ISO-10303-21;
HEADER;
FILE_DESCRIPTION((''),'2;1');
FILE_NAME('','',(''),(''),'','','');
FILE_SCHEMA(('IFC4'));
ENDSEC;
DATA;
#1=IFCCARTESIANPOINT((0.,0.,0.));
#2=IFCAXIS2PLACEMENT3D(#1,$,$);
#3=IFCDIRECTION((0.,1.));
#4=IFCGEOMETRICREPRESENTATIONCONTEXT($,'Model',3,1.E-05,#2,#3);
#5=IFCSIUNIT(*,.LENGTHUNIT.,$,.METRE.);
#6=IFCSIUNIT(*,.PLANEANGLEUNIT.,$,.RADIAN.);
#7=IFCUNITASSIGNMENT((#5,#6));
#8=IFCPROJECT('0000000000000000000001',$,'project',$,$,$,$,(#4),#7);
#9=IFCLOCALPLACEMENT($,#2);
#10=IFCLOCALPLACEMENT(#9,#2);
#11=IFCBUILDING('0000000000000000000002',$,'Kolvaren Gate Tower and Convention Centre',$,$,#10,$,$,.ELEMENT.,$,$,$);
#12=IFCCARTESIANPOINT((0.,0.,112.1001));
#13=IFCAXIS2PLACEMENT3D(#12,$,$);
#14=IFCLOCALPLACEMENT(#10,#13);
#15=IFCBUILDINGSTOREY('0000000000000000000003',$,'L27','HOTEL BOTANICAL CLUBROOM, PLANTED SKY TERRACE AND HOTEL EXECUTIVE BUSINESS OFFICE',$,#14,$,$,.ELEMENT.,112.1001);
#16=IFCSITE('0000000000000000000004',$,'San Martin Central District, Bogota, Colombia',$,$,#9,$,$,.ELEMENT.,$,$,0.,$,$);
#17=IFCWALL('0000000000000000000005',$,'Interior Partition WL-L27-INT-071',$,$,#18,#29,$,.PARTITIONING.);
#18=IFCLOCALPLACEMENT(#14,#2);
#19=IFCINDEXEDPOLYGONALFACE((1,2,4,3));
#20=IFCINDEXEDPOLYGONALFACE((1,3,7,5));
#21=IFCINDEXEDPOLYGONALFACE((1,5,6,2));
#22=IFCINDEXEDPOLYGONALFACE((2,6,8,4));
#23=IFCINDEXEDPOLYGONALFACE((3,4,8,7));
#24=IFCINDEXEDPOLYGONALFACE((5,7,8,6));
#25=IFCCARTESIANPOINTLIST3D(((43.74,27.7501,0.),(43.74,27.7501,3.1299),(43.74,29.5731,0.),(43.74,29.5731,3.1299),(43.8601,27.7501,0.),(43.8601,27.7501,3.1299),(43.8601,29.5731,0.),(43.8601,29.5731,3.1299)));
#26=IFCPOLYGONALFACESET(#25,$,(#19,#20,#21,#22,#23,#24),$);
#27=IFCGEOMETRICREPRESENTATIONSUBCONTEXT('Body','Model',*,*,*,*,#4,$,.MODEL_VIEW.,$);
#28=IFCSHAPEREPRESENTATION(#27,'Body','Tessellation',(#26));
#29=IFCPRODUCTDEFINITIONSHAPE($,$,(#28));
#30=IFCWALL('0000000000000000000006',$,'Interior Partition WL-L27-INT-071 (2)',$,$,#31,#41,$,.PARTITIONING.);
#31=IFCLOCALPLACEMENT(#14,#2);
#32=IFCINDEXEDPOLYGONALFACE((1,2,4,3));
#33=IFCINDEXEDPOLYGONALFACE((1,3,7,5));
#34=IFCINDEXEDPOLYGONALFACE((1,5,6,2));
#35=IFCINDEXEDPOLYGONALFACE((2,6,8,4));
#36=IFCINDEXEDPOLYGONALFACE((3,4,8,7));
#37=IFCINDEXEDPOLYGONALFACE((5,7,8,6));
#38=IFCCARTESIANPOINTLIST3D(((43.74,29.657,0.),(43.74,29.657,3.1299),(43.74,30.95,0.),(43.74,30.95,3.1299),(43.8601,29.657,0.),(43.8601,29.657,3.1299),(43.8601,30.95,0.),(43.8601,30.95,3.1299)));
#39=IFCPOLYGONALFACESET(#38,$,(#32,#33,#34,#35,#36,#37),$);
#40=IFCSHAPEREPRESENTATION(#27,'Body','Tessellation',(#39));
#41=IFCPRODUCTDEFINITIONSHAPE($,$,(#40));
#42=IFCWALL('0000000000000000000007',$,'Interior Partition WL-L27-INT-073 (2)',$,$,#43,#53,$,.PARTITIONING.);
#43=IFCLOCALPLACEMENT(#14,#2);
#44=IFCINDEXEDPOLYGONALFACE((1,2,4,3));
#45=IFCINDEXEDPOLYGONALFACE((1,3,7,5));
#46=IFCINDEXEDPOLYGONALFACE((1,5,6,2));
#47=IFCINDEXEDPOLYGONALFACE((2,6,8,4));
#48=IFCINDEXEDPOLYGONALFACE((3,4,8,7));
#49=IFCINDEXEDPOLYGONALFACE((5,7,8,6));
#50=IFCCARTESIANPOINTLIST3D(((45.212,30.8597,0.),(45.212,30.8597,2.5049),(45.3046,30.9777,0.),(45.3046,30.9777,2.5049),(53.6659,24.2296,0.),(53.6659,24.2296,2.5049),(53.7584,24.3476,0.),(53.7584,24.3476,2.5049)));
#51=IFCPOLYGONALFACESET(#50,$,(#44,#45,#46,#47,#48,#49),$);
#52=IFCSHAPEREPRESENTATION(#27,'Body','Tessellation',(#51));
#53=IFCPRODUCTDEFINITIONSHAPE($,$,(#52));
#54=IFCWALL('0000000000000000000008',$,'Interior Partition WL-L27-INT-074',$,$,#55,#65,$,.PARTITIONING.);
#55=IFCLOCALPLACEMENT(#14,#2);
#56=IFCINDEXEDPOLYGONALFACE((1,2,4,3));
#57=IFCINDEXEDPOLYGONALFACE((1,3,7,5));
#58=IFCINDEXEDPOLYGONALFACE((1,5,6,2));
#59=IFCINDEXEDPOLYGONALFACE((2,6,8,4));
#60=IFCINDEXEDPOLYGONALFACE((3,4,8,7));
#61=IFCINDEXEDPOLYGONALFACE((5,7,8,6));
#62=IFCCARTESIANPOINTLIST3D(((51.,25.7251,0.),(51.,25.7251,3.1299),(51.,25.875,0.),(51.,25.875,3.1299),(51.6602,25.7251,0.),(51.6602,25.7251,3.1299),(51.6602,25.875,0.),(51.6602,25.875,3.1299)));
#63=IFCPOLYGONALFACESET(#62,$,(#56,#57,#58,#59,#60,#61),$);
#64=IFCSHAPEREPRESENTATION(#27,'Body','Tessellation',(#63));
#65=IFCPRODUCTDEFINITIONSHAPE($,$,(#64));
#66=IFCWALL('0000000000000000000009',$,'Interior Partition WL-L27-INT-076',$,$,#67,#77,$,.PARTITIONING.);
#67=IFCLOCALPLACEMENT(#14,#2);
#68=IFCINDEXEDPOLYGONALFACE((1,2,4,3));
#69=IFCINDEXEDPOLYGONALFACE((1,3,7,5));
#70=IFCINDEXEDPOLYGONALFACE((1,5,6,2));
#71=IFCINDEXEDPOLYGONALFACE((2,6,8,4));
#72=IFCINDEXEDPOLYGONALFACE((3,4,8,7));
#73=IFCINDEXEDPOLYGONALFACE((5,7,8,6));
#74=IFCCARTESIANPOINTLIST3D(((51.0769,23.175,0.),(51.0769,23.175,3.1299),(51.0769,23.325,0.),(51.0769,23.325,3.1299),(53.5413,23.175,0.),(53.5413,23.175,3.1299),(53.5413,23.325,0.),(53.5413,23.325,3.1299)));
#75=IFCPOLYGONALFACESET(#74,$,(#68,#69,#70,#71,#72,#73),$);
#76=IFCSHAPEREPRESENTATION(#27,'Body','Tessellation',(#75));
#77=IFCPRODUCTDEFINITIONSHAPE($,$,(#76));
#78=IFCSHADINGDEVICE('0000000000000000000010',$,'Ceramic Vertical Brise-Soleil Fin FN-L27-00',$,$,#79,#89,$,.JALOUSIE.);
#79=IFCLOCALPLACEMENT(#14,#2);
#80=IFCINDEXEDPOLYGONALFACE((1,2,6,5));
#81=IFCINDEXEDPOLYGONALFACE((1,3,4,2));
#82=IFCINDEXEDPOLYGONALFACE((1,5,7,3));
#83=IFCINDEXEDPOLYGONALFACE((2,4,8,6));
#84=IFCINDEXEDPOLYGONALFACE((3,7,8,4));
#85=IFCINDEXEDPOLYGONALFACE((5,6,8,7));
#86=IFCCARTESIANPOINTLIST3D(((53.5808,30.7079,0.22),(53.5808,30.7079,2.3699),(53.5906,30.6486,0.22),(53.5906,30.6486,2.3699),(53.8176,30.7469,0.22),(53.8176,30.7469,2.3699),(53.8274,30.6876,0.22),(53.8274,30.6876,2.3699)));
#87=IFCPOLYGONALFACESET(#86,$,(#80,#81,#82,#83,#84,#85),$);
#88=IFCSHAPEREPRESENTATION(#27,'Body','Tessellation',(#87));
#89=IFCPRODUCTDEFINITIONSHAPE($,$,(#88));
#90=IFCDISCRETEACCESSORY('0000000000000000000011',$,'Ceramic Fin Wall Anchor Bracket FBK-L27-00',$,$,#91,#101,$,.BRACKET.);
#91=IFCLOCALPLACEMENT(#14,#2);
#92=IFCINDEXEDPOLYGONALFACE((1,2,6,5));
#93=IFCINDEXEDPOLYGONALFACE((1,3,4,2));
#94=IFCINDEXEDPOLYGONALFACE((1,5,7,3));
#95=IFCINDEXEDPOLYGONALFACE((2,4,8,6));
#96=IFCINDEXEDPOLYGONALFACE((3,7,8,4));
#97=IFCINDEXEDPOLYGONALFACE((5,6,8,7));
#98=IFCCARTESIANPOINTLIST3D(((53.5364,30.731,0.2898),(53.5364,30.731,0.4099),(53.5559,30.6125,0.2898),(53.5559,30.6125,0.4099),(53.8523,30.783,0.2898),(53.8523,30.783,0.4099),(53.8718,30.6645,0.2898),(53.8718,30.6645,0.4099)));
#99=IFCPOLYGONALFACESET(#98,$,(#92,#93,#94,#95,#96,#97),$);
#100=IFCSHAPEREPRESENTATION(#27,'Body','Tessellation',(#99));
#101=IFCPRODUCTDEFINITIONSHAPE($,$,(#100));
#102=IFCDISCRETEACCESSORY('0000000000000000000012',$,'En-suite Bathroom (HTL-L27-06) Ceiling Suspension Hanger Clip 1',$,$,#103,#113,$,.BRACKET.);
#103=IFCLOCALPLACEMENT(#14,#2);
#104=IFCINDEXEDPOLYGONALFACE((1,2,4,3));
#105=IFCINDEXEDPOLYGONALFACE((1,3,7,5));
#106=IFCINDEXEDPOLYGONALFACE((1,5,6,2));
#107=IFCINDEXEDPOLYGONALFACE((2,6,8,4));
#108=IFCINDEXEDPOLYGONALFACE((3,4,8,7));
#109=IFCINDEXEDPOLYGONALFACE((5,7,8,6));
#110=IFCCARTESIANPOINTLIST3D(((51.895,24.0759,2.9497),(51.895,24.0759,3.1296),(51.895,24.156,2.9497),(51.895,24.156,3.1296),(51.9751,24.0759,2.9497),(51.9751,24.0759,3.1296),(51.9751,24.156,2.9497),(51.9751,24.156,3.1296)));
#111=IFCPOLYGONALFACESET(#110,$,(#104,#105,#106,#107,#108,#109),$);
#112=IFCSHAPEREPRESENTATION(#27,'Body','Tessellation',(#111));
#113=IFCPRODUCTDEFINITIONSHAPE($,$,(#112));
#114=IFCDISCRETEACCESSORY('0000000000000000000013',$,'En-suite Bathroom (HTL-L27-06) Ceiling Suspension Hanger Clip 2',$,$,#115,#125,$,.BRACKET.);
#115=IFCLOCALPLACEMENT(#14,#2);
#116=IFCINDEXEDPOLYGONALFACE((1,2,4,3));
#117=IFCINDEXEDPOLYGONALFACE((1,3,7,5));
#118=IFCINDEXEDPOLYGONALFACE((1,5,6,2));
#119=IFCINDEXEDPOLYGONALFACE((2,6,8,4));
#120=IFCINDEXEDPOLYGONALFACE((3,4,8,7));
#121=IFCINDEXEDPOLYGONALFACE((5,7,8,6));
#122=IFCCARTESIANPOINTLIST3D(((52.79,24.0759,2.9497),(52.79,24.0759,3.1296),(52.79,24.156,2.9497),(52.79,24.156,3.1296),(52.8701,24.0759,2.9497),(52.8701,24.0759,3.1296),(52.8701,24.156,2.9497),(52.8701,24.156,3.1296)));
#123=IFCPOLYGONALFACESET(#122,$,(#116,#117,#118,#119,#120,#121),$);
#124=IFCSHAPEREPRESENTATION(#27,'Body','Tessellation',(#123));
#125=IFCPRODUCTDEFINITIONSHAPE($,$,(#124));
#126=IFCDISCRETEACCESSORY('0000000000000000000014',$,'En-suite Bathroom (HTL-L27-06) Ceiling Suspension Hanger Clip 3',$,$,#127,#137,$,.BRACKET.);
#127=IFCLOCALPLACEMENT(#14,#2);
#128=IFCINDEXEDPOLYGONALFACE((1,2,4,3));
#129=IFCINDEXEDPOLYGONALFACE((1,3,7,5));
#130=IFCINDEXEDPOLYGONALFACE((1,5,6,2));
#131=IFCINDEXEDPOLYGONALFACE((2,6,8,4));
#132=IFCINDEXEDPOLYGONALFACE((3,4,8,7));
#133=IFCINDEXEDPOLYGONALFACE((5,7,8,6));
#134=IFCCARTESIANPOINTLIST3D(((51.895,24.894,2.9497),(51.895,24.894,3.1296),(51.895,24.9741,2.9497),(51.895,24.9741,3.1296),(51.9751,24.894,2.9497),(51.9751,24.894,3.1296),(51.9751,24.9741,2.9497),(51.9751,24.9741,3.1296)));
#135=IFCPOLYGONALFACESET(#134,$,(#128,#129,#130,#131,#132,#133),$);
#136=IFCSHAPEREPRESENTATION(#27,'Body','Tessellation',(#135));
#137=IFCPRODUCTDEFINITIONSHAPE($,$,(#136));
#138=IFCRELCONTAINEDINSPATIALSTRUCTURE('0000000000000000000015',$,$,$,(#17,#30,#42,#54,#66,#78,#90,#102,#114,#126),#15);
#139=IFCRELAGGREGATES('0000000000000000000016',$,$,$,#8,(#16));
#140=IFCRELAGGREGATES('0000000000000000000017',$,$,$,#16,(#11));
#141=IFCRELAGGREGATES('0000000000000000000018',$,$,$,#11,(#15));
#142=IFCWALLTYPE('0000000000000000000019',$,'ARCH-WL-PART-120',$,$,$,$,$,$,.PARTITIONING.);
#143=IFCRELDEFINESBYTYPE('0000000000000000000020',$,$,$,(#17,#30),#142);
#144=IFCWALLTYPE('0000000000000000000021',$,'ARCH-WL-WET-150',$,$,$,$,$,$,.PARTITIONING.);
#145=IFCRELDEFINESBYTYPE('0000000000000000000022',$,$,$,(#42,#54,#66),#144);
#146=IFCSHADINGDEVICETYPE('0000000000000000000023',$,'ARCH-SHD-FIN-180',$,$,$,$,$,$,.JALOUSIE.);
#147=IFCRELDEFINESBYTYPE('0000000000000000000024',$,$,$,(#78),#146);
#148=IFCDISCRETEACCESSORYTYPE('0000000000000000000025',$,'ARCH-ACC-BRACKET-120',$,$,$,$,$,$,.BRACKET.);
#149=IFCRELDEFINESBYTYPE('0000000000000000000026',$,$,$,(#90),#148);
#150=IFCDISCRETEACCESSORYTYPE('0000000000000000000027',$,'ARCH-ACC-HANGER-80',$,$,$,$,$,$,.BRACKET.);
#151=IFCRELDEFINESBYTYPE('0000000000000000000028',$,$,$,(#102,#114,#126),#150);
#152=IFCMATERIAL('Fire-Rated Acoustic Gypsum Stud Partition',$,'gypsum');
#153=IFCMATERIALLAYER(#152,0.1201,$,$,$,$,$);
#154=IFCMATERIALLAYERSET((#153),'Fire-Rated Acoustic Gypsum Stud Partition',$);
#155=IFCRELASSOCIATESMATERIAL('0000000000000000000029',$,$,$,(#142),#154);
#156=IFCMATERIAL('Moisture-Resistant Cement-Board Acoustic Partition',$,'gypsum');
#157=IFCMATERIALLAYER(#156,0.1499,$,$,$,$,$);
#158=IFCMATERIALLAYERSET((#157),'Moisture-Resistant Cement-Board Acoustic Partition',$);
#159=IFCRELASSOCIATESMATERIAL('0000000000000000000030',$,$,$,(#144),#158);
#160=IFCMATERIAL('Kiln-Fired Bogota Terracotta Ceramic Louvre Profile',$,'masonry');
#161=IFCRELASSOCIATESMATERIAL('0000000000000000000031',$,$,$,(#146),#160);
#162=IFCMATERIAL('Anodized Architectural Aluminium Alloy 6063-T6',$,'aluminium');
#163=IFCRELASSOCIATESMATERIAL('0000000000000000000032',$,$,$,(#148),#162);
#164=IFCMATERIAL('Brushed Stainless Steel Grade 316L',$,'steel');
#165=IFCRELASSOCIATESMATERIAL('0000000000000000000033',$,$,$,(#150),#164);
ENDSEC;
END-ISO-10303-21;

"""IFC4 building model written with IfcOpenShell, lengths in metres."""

from ifc_helpers import new_model, si_unit, direction, frame, frame_2d, origin, origin_2d, place, context, subcontext, project, spatial, rectangle, extrude, material, layer, layer_set, type_object, element, save


model = new_model("IFC4")

# Units and contexts
model_context = context("Model", 3, precision=1e-05, world=origin(), true_north=direction((0.0, 1.0)))
body_context = subcontext(model_context, "Body", "Model", "MODEL_VIEW")
ifc_project = project(units=[si_unit("LENGTHUNIT", "METRE"), si_unit("PLANEANGLEUNIT", "RADIAN")], contexts=[model_context])

# Site, building, storey
site_placement = place(None, origin())
site = spatial("IfcSite", under=ifc_project, at=site_placement, Name="San Martin Central District, Bogota, Colombia", CompositionType="ELEMENT", RefElevation=0.0)
building_placement = place(site_placement, origin())
building = spatial("IfcBuilding", under=site, at=building_placement, Name="Kolvaren Gate Tower and Convention Centre", CompositionType="ELEMENT")
storey_placement = place(building_placement, frame((0.0, 0.0, 112.1001)))
storey = spatial("IfcBuildingStorey", under=building, at=storey_placement, Name="L27", Description="HOTEL BOTANICAL CLUBROOM, PLANTED SKY TERRACE AND HOTEL EXECUTIVE BUSINESS OFFICE", CompositionType="ELEMENT", Elevation=112.1001)

# Walls
ifc_material_1 = material(Name="Fire-Rated Acoustic Gypsum Stud Partition", Category="gypsum")
ifc_layer_1 = layer(ifc_material_1, 0.1201)
ifc_layer_set_1 = layer_set([ifc_layer_1], Name="Fire-Rated Acoustic Gypsum Stud Partition")
wall_type_1 = type_object("IfcWallType", Name="ARCH-WL-PART-120", PredefinedType="PARTITIONING", material=ifc_layer_set_1)
wall_1_placement = place(storey_placement, frame((43.8, 27.75, 0.0), z_axis=(0.0, 0.0, 1.0), x_axis=(0.0, 1.0, 0.0)))
element("IfcWall", 1, at=wall_1_placement, inside=storey, type_object=wall_type_1, Name="Interior Partition WL-L27-INT-071", PredefinedType="PARTITIONING", context=body_context, shape_type="SweptSolid", body=[
    extrude(rectangle(XDim=1.823, YDim=0.1201, at=frame_2d((0.9116, 0.0))), origin(), (0.0, 0.0, 1.0), 3.1299),
])
wall_2_placement = place(storey_placement, frame((43.8, 29.657, 0.0), z_axis=(0.0, 0.0, 1.0), x_axis=(0.0, 1.0, 0.0)))
element("IfcWall", 2, at=wall_2_placement, inside=storey, type_object=wall_type_1, Name="Interior Partition WL-L27-INT-071 (2)", PredefinedType="PARTITIONING", context=body_context, shape_type="SweptSolid", body=[
    extrude(rectangle(XDim=1.293, YDim=0.1201, at=frame_2d((0.6465, 0.0))), origin(), (0.0, 0.0, 1.0), 3.1299),
])
ifc_material_2 = material(Name="Moisture-Resistant Cement-Board Acoustic Partition", Category="gypsum")
ifc_layer_2 = layer(ifc_material_2, 0.1499)
ifc_layer_set_2 = layer_set([ifc_layer_2], Name="Moisture-Resistant Cement-Board Acoustic Partition")
wall_type_2 = type_object("IfcWallType", Name="ARCH-WL-WET-150", PredefinedType="PARTITIONING", material=ifc_layer_set_2)
wall_3_placement = place(storey_placement, frame((45.2583, 30.9187, 0.0), z_axis=(0.0, 0.0, 1.0), x_axis=(0.786869, -0.61712, 0.0)))
element("IfcWall", 3, at=wall_3_placement, inside=storey, type_object=wall_type_2, Name="Interior Partition WL-L27-INT-073 (2)", PredefinedType="PARTITIONING", context=body_context, shape_type="SweptSolid", body=[
    extrude(rectangle(XDim=10.7437, YDim=0.1499, at=frame_2d((5.3718, 0.0))), origin(), (0.0, 0.0, 1.0), 2.5049),
])
wall_4_placement = place(storey_placement, frame((51.0, 25.8, 0.0), z_axis=(0.0, 0.0, 1.0), x_axis=(1.0, 0.0, 0.0)))
element("IfcWall", 4, at=wall_4_placement, inside=storey, type_object=wall_type_2, Name="Interior Partition WL-L27-INT-074", PredefinedType="PARTITIONING", context=body_context, shape_type="SweptSolid", body=[
    extrude(rectangle(XDim=0.6602, YDim=0.1499, at=frame_2d((0.3301, 0.0))), origin(), (0.0, 0.0, 1.0), 3.1299),
])
wall_5_placement = place(storey_placement, frame((51.0769, 23.25, 0.0), z_axis=(0.0, 0.0, 1.0), x_axis=(1.0, 0.0, 0.0)))
element("IfcWall", 5, at=wall_5_placement, inside=storey, type_object=wall_type_2, Name="Interior Partition WL-L27-INT-076", PredefinedType="PARTITIONING", context=body_context, shape_type="SweptSolid", body=[
    extrude(rectangle(XDim=2.4644, YDim=0.1499, at=frame_2d((1.2322, 0.0))), origin(), (0.0, 0.0, 1.0), 3.1299),
])

# Shading device
ifc_material_3 = material(Name="Kiln-Fired Bogota Terracotta Ceramic Louvre Profile", Category="masonry")
shading_device_type = type_object("IfcShadingDeviceType", Name="ARCH-SHD-FIN-180", PredefinedType="JALOUSIE", material=ifc_material_3)
shading_device_placement = place(storey_placement, frame((53.7041, 30.6978, 0.22), z_axis=(0.0, 0.0, 1.0), x_axis=(0.162389, -0.986727, 0.0)))
element("IfcShadingDevice", 6, at=shading_device_placement, inside=storey, type_object=shading_device_type, Name="Ceramic Vertical Brise-Soleil Fin FN-L27-00", PredefinedType="JALOUSIE", context=body_context, shape_type="SweptSolid", body=[
    extrude(rectangle(XDim=0.0601, YDim=0.24, at=origin_2d()), origin(), (0.0, 0.0, 1.0), 2.1499),
])

# Discrete accessories
ifc_material_4 = material(Name="Anodized Architectural Aluminium Alloy 6063-T6", Category="aluminium")
discrete_accessory_type_1 = type_object("IfcDiscreteAccessoryType", Name="ARCH-ACC-BRACKET-120", PredefinedType="BRACKET", material=ifc_material_4)
discrete_accessory_placement = place(storey_placement, frame((53.7041, 30.6978, 0.2898), z_axis=(0.0, 0.0, 1.0), x_axis=(0.162389, -0.986727, 0.0)))
element("IfcDiscreteAccessory", 7, at=discrete_accessory_placement, inside=storey, type_object=discrete_accessory_type_1, Name="Ceramic Fin Wall Anchor Bracket FBK-L27-00", PredefinedType="BRACKET", context=body_context, shape_type="SweptSolid", body=[
    extrude(rectangle(XDim=0.1201, YDim=0.3201, at=origin_2d()), origin(), (0.0, 0.0, 1.0), 0.1201),
])
ifc_material_5 = material(Name="Brushed Stainless Steel Grade 316L", Category="steel")
discrete_accessory_type_2 = type_object("IfcDiscreteAccessoryType", Name="ARCH-ACC-HANGER-80", PredefinedType="BRACKET", material=ifc_material_5)
for number, where, z_axis, x_axis, name in (
    (8, (51.9351, 24.116, 2.9497), (0.0, 0.0, 1.0), (1.0, 0.0, 0.0), "En-suite Bathroom (HTL-L27-06) Ceiling Suspension Hanger Clip 1"),
    (9, (52.8301, 24.116, 2.9497), (0.0, 0.0, 1.0), (1.0, 0.0, 0.0), "En-suite Bathroom (HTL-L27-06) Ceiling Suspension Hanger Clip 2"),
    (10, (51.9351, 24.9341, 2.9497), (0.0, 0.0, 1.0), (1.0, 0.0, 0.0), "En-suite Bathroom (HTL-L27-06) Ceiling Suspension Hanger Clip 3"),
):
    element("IfcDiscreteAccessory", number, at=place(storey_placement, frame(where, z_axis=z_axis, x_axis=x_axis)), inside=storey, type_object=discrete_accessory_type_2, Name=name, PredefinedType="BRACKET", context=body_context, shape_type="SweptSolid", body=[
        extrude(rectangle(XDim=0.0801, YDim=0.0801, at=origin_2d()), origin(), (0.0, 0.0, 1.0), 0.1799),
    ])

save(model, "model.ifc")
